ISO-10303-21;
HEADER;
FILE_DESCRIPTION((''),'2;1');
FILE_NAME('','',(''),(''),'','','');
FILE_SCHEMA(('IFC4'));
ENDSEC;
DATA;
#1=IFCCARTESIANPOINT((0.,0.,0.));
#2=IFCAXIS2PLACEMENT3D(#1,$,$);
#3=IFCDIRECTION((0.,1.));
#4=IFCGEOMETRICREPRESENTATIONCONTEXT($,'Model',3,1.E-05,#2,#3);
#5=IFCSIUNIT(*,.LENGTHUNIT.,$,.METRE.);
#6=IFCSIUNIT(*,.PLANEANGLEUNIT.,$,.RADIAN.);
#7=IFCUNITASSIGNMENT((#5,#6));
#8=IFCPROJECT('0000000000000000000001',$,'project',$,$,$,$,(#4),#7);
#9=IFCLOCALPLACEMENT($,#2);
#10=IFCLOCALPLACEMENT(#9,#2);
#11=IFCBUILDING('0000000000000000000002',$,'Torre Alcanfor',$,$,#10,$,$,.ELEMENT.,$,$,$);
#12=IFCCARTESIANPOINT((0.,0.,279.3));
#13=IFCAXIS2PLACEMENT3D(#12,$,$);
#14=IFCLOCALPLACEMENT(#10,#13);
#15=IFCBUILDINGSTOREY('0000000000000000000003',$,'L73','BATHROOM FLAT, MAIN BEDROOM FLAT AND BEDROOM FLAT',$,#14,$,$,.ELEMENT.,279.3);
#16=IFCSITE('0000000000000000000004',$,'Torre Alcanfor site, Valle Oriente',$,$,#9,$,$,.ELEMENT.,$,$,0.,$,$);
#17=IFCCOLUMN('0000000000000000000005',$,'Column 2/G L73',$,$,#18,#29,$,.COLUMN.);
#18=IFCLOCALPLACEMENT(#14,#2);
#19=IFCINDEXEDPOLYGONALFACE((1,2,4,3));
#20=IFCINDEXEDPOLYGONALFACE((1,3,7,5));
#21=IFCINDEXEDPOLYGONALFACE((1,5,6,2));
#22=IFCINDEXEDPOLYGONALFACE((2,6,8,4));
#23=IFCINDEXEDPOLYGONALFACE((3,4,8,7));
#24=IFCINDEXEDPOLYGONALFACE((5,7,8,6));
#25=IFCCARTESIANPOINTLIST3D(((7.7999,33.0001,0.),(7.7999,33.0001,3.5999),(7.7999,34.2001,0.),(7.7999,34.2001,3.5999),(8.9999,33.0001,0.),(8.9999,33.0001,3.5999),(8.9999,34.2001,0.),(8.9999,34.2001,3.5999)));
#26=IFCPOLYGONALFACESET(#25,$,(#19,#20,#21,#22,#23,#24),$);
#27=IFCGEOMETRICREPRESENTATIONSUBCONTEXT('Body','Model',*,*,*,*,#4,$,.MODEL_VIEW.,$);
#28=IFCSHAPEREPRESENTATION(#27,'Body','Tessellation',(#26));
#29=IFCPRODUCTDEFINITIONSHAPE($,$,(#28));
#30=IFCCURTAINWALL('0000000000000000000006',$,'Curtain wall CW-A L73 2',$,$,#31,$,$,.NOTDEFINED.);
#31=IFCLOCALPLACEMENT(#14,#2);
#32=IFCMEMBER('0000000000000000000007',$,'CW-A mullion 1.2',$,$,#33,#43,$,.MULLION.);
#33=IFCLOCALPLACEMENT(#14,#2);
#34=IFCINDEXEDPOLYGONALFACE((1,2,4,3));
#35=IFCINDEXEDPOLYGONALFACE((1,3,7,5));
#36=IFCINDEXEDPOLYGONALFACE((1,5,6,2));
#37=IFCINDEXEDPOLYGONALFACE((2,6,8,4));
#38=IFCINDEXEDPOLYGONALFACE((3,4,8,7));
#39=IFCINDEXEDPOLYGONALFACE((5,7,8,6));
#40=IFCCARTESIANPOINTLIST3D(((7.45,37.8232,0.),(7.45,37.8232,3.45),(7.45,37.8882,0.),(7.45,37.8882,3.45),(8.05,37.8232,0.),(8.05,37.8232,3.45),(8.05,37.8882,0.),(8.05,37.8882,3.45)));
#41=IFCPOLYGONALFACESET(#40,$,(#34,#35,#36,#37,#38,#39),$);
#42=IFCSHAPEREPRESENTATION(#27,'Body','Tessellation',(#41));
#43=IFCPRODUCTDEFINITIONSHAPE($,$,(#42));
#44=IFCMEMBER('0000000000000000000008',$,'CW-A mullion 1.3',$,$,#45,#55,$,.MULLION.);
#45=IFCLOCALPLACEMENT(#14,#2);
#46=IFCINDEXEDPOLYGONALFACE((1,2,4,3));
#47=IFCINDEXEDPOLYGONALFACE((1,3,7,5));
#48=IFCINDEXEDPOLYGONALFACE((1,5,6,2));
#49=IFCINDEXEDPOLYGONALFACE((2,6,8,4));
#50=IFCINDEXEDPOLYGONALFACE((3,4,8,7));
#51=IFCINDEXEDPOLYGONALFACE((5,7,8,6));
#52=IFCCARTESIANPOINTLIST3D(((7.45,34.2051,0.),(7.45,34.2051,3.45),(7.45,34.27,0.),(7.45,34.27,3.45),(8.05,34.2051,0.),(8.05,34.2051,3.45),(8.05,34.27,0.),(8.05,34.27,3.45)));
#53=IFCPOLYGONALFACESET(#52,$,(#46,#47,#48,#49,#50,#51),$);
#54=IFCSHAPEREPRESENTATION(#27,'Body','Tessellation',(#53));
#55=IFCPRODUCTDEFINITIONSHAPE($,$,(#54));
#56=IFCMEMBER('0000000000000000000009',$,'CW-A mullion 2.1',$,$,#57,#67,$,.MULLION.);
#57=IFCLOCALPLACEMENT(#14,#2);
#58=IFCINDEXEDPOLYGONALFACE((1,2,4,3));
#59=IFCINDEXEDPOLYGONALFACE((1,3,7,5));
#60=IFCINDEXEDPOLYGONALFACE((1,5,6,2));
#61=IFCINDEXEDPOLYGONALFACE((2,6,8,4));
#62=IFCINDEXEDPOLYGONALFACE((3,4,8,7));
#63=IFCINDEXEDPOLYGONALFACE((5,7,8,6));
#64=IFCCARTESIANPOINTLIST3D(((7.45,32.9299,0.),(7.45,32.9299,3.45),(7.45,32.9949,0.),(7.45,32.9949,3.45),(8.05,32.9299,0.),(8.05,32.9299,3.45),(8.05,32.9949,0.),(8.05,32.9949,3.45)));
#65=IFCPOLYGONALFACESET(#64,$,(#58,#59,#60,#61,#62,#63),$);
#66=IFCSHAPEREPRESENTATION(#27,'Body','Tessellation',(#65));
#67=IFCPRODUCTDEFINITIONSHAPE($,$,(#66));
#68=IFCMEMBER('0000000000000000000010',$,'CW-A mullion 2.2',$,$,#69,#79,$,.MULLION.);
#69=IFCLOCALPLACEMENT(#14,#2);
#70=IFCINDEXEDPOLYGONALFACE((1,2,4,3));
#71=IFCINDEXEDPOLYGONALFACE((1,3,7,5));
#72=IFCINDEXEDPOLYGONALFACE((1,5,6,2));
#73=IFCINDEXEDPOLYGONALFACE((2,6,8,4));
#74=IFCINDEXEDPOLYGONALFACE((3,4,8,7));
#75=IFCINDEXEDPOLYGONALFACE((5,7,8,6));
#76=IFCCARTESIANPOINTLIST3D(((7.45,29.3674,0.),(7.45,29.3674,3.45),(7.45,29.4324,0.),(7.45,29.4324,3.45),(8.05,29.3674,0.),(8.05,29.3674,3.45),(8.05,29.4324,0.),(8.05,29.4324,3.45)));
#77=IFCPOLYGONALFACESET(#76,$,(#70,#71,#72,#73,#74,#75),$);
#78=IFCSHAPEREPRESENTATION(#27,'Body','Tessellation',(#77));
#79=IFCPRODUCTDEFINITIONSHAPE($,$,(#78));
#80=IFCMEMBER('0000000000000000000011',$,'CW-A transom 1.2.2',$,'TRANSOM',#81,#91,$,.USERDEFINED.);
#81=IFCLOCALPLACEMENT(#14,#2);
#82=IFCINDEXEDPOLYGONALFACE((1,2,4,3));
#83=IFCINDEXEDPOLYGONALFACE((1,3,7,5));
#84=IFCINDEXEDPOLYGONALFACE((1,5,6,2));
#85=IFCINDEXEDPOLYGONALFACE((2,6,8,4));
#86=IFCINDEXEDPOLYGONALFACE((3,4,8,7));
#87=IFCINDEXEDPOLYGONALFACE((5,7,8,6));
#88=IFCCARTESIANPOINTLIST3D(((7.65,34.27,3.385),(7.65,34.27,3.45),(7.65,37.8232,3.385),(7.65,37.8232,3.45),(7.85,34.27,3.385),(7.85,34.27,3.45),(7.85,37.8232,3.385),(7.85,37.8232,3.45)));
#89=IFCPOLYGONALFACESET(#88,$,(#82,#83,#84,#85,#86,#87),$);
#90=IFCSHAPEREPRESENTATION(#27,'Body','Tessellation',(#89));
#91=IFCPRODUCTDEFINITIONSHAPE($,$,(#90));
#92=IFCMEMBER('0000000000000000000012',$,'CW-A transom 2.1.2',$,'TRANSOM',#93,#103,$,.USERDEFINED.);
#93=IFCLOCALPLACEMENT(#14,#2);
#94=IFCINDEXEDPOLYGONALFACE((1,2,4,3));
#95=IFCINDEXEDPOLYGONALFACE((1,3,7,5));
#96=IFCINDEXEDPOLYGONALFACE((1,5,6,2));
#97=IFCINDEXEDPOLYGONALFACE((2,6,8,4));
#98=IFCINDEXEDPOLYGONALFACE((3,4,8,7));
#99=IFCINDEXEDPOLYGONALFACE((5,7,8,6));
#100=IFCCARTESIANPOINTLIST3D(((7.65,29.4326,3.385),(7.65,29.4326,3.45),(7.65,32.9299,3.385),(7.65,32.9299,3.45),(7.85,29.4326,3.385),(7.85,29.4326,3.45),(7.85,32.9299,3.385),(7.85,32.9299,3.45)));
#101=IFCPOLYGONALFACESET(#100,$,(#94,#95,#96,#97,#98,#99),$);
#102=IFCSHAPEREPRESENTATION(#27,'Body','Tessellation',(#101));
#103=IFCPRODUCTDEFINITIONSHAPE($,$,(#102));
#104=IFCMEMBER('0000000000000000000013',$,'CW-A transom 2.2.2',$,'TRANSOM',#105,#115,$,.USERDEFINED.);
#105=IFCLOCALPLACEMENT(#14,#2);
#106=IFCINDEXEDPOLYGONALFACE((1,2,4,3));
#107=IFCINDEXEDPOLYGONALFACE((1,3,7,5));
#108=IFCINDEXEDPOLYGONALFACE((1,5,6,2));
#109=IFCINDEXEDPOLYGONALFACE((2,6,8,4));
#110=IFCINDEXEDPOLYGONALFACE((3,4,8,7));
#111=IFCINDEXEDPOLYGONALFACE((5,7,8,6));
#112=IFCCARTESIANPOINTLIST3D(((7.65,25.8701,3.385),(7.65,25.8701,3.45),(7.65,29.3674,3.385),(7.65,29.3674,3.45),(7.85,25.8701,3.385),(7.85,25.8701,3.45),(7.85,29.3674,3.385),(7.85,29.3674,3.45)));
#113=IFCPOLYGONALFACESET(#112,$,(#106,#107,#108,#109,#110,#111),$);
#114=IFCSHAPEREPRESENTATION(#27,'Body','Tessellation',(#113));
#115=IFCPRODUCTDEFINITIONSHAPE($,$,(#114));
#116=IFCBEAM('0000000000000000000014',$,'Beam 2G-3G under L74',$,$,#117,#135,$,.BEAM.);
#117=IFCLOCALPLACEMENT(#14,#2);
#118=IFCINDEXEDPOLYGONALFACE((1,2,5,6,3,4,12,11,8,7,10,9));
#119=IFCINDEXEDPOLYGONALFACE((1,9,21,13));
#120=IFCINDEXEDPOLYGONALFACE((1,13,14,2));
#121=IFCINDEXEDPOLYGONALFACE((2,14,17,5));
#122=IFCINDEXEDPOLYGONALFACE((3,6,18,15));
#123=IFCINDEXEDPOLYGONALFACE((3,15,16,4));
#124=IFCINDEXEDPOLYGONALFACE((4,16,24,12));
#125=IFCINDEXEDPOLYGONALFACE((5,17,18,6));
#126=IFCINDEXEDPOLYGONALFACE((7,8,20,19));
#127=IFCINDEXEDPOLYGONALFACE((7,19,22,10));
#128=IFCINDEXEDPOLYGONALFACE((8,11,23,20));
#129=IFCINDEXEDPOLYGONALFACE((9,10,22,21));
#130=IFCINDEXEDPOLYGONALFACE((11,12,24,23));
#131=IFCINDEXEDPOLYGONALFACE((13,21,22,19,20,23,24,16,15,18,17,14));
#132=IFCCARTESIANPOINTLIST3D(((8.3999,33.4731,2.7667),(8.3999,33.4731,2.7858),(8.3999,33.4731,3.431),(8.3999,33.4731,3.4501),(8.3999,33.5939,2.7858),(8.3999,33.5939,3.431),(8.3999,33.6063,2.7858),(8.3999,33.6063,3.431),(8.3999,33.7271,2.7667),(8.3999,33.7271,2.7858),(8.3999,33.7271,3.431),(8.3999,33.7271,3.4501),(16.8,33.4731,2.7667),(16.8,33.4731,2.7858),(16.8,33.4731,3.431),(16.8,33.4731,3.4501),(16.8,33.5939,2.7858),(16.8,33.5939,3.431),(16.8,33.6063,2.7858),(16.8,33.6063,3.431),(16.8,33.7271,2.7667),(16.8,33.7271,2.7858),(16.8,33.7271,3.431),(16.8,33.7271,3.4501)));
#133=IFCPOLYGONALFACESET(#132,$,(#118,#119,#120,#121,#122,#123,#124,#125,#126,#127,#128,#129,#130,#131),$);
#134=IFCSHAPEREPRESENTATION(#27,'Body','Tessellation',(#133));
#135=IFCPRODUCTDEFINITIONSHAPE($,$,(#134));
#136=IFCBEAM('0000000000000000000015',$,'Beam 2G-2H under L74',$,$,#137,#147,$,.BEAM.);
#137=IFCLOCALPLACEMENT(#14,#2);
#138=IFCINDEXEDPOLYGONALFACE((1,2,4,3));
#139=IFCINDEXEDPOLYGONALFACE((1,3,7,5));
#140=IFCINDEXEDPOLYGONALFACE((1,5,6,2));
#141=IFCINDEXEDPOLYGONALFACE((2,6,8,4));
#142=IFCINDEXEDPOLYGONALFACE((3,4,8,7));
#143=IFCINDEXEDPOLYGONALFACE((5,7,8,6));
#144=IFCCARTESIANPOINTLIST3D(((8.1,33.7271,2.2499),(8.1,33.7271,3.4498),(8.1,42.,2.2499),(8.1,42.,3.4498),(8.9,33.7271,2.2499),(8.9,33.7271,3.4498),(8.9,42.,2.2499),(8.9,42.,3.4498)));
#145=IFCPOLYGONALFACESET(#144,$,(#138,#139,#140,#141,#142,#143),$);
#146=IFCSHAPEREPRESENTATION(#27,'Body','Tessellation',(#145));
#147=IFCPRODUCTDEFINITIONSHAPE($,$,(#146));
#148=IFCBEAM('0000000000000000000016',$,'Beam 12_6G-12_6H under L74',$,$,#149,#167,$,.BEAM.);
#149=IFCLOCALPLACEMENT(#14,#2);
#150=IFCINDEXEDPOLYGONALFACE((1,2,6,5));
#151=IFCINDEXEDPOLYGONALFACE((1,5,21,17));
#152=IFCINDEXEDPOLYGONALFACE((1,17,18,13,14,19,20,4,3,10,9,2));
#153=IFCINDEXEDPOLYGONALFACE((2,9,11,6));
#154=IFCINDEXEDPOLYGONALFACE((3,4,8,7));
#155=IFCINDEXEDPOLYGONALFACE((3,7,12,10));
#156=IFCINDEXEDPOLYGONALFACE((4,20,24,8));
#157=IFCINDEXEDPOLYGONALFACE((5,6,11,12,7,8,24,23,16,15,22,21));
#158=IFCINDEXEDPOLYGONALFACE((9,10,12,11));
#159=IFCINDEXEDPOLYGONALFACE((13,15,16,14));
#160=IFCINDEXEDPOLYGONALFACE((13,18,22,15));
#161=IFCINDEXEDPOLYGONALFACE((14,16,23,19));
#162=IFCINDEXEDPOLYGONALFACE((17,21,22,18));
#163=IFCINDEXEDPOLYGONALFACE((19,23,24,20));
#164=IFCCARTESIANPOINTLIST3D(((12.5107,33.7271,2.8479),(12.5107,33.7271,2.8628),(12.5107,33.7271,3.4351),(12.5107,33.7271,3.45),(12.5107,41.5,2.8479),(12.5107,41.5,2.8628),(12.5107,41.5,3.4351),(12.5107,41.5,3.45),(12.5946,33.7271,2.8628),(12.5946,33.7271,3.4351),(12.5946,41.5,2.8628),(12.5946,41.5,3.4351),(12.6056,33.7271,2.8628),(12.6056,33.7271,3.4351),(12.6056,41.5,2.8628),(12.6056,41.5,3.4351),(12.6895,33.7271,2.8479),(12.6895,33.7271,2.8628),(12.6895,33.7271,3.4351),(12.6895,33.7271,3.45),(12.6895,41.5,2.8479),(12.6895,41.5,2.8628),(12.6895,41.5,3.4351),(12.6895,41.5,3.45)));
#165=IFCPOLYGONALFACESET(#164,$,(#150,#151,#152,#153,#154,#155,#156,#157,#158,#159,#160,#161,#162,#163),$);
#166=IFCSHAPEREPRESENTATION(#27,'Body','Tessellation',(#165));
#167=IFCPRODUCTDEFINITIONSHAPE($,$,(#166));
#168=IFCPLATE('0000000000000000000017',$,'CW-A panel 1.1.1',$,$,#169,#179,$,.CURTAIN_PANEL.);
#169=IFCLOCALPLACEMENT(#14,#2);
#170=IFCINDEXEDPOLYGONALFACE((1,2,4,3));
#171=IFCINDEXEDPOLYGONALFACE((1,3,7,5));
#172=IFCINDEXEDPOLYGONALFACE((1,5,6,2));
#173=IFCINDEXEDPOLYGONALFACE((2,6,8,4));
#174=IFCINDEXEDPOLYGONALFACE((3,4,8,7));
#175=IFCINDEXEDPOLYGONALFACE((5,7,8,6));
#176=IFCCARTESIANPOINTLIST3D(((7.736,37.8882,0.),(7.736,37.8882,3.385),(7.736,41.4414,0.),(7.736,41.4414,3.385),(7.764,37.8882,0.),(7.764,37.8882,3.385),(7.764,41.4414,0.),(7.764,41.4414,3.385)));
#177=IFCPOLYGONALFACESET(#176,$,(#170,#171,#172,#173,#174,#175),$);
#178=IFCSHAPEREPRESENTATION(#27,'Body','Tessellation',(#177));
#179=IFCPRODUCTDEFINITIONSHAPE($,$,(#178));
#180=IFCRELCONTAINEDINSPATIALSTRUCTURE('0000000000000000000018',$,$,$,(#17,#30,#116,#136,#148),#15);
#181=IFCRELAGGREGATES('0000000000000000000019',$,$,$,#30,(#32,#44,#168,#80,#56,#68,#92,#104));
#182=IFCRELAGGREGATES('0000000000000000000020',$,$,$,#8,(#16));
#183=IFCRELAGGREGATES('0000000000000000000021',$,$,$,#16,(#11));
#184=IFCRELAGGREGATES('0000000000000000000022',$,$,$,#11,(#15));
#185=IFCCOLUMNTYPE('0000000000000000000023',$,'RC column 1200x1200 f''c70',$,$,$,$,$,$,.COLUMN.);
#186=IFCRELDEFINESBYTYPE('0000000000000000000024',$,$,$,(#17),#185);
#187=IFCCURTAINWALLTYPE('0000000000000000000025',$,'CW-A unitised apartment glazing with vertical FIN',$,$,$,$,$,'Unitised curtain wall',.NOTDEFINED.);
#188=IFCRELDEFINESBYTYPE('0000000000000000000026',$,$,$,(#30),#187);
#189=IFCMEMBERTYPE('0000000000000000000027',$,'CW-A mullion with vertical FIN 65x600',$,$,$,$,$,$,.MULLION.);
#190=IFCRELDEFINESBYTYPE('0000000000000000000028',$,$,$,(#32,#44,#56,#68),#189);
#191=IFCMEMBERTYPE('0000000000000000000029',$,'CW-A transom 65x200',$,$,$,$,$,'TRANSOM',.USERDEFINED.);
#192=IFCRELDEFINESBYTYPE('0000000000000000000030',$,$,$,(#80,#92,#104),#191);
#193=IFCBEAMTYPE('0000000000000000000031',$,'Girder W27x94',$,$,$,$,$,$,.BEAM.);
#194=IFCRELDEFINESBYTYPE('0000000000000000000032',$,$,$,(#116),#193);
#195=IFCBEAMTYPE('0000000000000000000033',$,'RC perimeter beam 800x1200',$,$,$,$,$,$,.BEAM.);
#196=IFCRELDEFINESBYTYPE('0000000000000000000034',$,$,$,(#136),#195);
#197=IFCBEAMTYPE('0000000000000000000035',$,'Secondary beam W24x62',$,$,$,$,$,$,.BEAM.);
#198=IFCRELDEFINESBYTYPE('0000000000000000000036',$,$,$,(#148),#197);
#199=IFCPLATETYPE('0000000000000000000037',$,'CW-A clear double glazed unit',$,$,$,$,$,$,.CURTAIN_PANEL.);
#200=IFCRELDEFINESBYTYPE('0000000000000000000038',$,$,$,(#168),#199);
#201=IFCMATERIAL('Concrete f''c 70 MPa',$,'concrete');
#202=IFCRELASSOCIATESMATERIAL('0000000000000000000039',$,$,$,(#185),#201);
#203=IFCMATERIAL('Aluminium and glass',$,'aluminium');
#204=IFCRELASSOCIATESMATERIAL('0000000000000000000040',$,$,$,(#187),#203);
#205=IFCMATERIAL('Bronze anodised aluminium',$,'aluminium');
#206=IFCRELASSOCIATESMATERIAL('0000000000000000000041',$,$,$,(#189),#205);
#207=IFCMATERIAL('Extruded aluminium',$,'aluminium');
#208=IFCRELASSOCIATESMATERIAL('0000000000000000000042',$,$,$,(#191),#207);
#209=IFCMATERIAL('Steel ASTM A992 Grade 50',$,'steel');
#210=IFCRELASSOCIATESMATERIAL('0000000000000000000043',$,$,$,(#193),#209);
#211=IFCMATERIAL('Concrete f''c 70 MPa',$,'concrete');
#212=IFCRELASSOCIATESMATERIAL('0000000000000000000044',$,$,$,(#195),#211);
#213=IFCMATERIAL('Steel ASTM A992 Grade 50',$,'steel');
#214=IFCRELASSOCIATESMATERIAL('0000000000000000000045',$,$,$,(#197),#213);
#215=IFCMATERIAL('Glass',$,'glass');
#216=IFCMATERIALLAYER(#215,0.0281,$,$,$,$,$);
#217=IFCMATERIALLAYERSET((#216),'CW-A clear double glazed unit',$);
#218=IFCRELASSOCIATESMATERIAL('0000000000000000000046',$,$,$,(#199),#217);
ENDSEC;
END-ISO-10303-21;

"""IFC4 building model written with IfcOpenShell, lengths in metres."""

from ifc_helpers import new_model, si_unit, direction, frame, origin, origin_2d, place, context, subcontext, project, spatial, rectangle, i_section, extrude, material, layer, layer_set, material_profile, profile_set, type_object, element, aggregate, save


model = new_model("IFC4")

# Units and contexts
model_context = context("Model", 3, precision=1e-05, world=origin(), true_north=direction((0.0, 1.0)))
body_context = subcontext(model_context, "Body", "Model", "MODEL_VIEW")
ifc_project = project(units=[si_unit("LENGTHUNIT", "METRE"), si_unit("PLANEANGLEUNIT", "RADIAN")], contexts=[model_context])

# Site, building, storey
site_placement = place(None, origin())
site = spatial("IfcSite", under=ifc_project, at=site_placement, Name="Torre Alcanfor site, Valle Oriente", CompositionType="ELEMENT", RefElevation=0.0)
building_placement = place(site_placement, origin())
building = spatial("IfcBuilding", under=site, at=building_placement, Name="Torre Alcanfor", CompositionType="ELEMENT")
storey_placement = place(building_placement, frame((0.0, 0.0, 279.3)))
storey = spatial("IfcBuildingStorey", under=building, at=storey_placement, Name="L73", Description="BATHROOM FLAT, MAIN BEDROOM FLAT AND BEDROOM FLAT", CompositionType="ELEMENT", Elevation=279.3)

# Column
ifc_material_1 = material(Name="Concrete f'c 70 MPa", Category="concrete")
ifc_material_profile_1 = material_profile(ifc_material_1, rectangle(XDim=1.2, YDim=1.2, at=origin_2d()), Name="1200x1200")
ifc_profile_set_1 = profile_set([ifc_material_profile_1], Name="Concrete f'c 70 MPa")
column_type = type_object("IfcColumnType", Name="RC column 1200x1200 f'c70", PredefinedType="COLUMN", material=ifc_profile_set_1)
column_placement = place(storey_placement, frame((8.3999, 33.6001, 0.0), z_axis=(0.0, 0.0, 1.0), x_axis=(1.0, 0.0, 0.0)))
element("IfcColumn", 1, at=column_placement, inside=storey, type_object=column_type, Name="Column 2/G L73", PredefinedType="COLUMN", context=body_context, shape_type="SweptSolid", body=[
    extrude(rectangle(XDim=1.2, YDim=1.2, at=origin_2d()), origin(), (0.0, 0.0, 1.0), 3.5999),
])

# Curtain wall, members
ifc_material_2 = material(Name="Aluminium and glass", Category="aluminium")
curtain_wall_type = type_object("IfcCurtainWallType", Name="CW-A unitised apartment glazing with vertical FIN", ElementType="Unitised curtain wall", PredefinedType="NOTDEFINED", material=ifc_material_2)
curtain_wall_placement = place(storey_placement, origin())
curtain_wall = element("IfcCurtainWall", 2, at=curtain_wall_placement, inside=storey, type_object=curtain_wall_type, Name="Curtain wall CW-A L73 2", PredefinedType="NOTDEFINED")
ifc_material_3 = material(Name="Bronze anodised aluminium", Category="aluminium")
ifc_material_profile_2 = material_profile(ifc_material_3, rectangle(XDim=0.6001, YDim=0.0649, at=origin_2d()), Name="CW-A mullion 65x600")
ifc_profile_set_2 = profile_set([ifc_material_profile_2], Name="Bronze anodised aluminium")
member_type_1 = type_object("IfcMemberType", Name="CW-A mullion with vertical FIN 65x600", PredefinedType="MULLION", material=ifc_profile_set_2)
member_1_placement = place(storey_placement, frame((7.75, 37.8557, 0.0), z_axis=(0.0, 0.0, 1.0), x_axis=(1.0, 0.0, 0.0)))
member_1 = element("IfcMember", 3, at=member_1_placement, type_object=member_type_1, Name="CW-A mullion 1.2", PredefinedType="MULLION", context=body_context, shape_type="SweptSolid", body=[
    extrude(rectangle(XDim=0.6001, YDim=0.0649, at=origin_2d()), origin(), (0.0, 0.0, 1.0), 3.45),
])
member_2_placement = place(storey_placement, frame((7.75, 34.2375, 0.0), z_axis=(0.0, 0.0, 1.0), x_axis=(1.0, 0.0, 0.0)))
member_2 = element("IfcMember", 4, at=member_2_placement, type_object=member_type_1, Name="CW-A mullion 1.3", PredefinedType="MULLION", context=body_context, shape_type="SweptSolid", body=[
    extrude(rectangle(XDim=0.6001, YDim=0.0649, at=origin_2d()), origin(), (0.0, 0.0, 1.0), 3.45),
])
member_3_placement = place(storey_placement, frame((7.75, 32.9624, 0.0), z_axis=(0.0, 0.0, 1.0), x_axis=(1.0, 0.0, 0.0)))
member_3 = element("IfcMember", 5, at=member_3_placement, type_object=member_type_1, Name="CW-A mullion 2.1", PredefinedType="MULLION", context=body_context, shape_type="SweptSolid", body=[
    extrude(rectangle(XDim=0.6001, YDim=0.0649, at=origin_2d()), origin(), (0.0, 0.0, 1.0), 3.45),
])
member_4_placement = place(storey_placement, frame((7.75, 29.3999, 0.0), z_axis=(0.0, 0.0, 1.0), x_axis=(1.0, 0.0, 0.0)))
member_4 = element("IfcMember", 6, at=member_4_placement, type_object=member_type_1, Name="CW-A mullion 2.2", PredefinedType="MULLION", context=body_context, shape_type="SweptSolid", body=[
    extrude(rectangle(XDim=0.6001, YDim=0.0649, at=origin_2d()), origin(), (0.0, 0.0, 1.0), 3.45),
])
ifc_material_4 = material(Name="Extruded aluminium", Category="aluminium")
ifc_material_profile_3 = material_profile(ifc_material_4, rectangle(XDim=0.2, YDim=0.0649, at=origin_2d()), Name="CW-A transom 200x65")
ifc_profile_set_3 = profile_set([ifc_material_profile_3], Name="Extruded aluminium")
member_type_2 = type_object("IfcMemberType", Name="CW-A transom 65x200", ElementType="TRANSOM", PredefinedType="USERDEFINED", material=ifc_profile_set_3)
member_5_placement = place(storey_placement, frame((7.75, 37.8232, 3.4175), z_axis=(0.0, -1.0, 0.0), x_axis=(1.0, 0.0, 0.0)))
member_5 = element("IfcMember", 7, at=member_5_placement, type_object=member_type_2, Name="CW-A transom 1.2.2", ObjectType="TRANSOM", PredefinedType="USERDEFINED", context=body_context, shape_type="SweptSolid", body=[
    extrude(rectangle(XDim=0.2, YDim=0.0649, at=origin_2d()), origin(), (0.0, 0.0, 1.0), 3.5532),
])
member_6_placement = place(storey_placement, frame((7.75, 32.9299, 3.4175), z_axis=(0.0, -1.0, 0.0), x_axis=(1.0, 0.0, 0.0)))
member_6 = element("IfcMember", 8, at=member_6_placement, type_object=member_type_2, Name="CW-A transom 2.1.2", ObjectType="TRANSOM", PredefinedType="USERDEFINED", context=body_context, shape_type="SweptSolid", body=[
    extrude(rectangle(XDim=0.2, YDim=0.0649, at=origin_2d()), origin(), (0.0, 0.0, 1.0), 3.4973),
])
member_7_placement = place(storey_placement, frame((7.75, 29.3674, 3.4175), z_axis=(0.0, -1.0, 0.0), x_axis=(1.0, 0.0, 0.0)))
member_7 = element("IfcMember", 9, at=member_7_placement, type_object=member_type_2, Name="CW-A transom 2.2.2", ObjectType="TRANSOM", PredefinedType="USERDEFINED", context=body_context, shape_type="SweptSolid", body=[
    extrude(rectangle(XDim=0.2, YDim=0.0649, at=origin_2d()), origin(), (0.0, 0.0, 1.0), 3.4973),
])

# Beams
ifc_material_5 = material(Name="Steel ASTM A992 Grade 50", Category="steel")
ifc_material_profile_4 = material_profile(ifc_material_5, i_section(OverallWidth=0.2539, OverallDepth=0.6833, WebThickness=0.0125, FlangeThickness=0.019, at=origin_2d()), Name="W27x94")
ifc_profile_set_4 = profile_set([ifc_material_profile_4], Name="Steel ASTM A992 Grade 50")
beam_type_1 = type_object("IfcBeamType", Name="Girder W27x94", PredefinedType="BEAM", material=ifc_profile_set_4)
beam_1_placement = place(storey_placement, frame((8.3999, 33.6001, 3.1084), z_axis=(1.0, 0.0, 0.0), x_axis=(0.0, 1.0, 0.0)))
element("IfcBeam", 10, at=beam_1_placement, inside=storey, type_object=beam_type_1, Name="Beam 2G-3G under L74", PredefinedType="BEAM", context=body_context, shape_type="SweptSolid", body=[
    extrude(i_section(OverallWidth=0.2539, OverallDepth=0.6833, WebThickness=0.0125, FlangeThickness=0.019, at=origin_2d()), origin(), (0.0, 0.0, 1.0), 8.4001),
])
ifc_material_6 = material(Name="Concrete f'c 70 MPa", Category="concrete")
ifc_material_profile_5 = material_profile(ifc_material_6, rectangle(XDim=0.8, YDim=1.2, at=origin_2d()), Name="800x1200")
ifc_profile_set_5 = profile_set([ifc_material_profile_5], Name="Concrete f'c 70 MPa")
beam_type_2 = type_object("IfcBeamType", Name="RC perimeter beam 800x1200", PredefinedType="BEAM", material=ifc_profile_set_5)
beam_2_placement = place(storey_placement, frame((8.5, 33.7271, 2.8499), z_axis=(0.0, 1.0, 0.0), x_axis=(-1.0, 0.0, 0.0)))
element("IfcBeam", 11, at=beam_2_placement, inside=storey, type_object=beam_type_2, Name="Beam 2G-2H under L74", PredefinedType="BEAM", context=body_context, shape_type="SweptSolid", body=[
    extrude(rectangle(XDim=0.8, YDim=1.2, at=origin_2d()), origin(), (0.0, 0.0, 1.0), 8.2729),
])
ifc_material_7 = material(Name="Steel ASTM A992 Grade 50", Category="steel")
ifc_material_profile_6 = material_profile(ifc_material_7, i_section(OverallWidth=0.1787, OverallDepth=0.6021, WebThickness=0.011, FlangeThickness=0.0149, at=origin_2d()), Name="W24x62")
ifc_profile_set_6 = profile_set([ifc_material_profile_6], Name="Steel ASTM A992 Grade 50")
beam_type_3 = type_object("IfcBeamType", Name="Secondary beam W24x62", PredefinedType="BEAM", material=ifc_profile_set_6)
beam_3_placement = place(storey_placement, frame((12.6001, 33.7271, 3.1489), z_axis=(0.0, 1.0, 0.0), x_axis=(-1.0, 0.0, 0.0)))
element("IfcBeam", 12, at=beam_3_placement, inside=storey, type_object=beam_type_3, Name="Beam 12_6G-12_6H under L74", PredefinedType="BEAM", context=body_context, shape_type="SweptSolid", body=[
    extrude(i_section(OverallWidth=0.1787, OverallDepth=0.6021, WebThickness=0.011, FlangeThickness=0.0149, at=origin_2d()), origin(), (0.0, 0.0, 1.0), 7.7729),
])

# Plate
ifc_material_8 = material(Name="Glass", Category="glass")
ifc_layer_1 = layer(ifc_material_8, 0.0281)
ifc_layer_set_1 = layer_set([ifc_layer_1], Name="CW-A clear double glazed unit")
plate_type = type_object("IfcPlateType", Name="CW-A clear double glazed unit", PredefinedType="CURTAIN_PANEL", material=ifc_layer_set_1)
plate_1_placement = place(storey_placement, frame((7.75, 39.6648, 0.0), z_axis=(0.0, 0.0, 1.0), x_axis=(0.0, -1.0, 0.0)))
plate_1 = element("IfcPlate", 13, at=plate_1_placement, type_object=plate_type, Name="CW-A panel 1.1.1", PredefinedType="CURTAIN_PANEL", context=body_context, shape_type="SweptSolid", body=[
    extrude(rectangle(XDim=3.5532, YDim=0.0281, at=origin_2d()), origin(), (0.0, 0.0, 1.0), 3.385),
])
aggregate(curtain_wall, [member_1, member_2, plate_1, member_5, member_3, member_4, member_6, member_7])

save(model, "model.ifc")
